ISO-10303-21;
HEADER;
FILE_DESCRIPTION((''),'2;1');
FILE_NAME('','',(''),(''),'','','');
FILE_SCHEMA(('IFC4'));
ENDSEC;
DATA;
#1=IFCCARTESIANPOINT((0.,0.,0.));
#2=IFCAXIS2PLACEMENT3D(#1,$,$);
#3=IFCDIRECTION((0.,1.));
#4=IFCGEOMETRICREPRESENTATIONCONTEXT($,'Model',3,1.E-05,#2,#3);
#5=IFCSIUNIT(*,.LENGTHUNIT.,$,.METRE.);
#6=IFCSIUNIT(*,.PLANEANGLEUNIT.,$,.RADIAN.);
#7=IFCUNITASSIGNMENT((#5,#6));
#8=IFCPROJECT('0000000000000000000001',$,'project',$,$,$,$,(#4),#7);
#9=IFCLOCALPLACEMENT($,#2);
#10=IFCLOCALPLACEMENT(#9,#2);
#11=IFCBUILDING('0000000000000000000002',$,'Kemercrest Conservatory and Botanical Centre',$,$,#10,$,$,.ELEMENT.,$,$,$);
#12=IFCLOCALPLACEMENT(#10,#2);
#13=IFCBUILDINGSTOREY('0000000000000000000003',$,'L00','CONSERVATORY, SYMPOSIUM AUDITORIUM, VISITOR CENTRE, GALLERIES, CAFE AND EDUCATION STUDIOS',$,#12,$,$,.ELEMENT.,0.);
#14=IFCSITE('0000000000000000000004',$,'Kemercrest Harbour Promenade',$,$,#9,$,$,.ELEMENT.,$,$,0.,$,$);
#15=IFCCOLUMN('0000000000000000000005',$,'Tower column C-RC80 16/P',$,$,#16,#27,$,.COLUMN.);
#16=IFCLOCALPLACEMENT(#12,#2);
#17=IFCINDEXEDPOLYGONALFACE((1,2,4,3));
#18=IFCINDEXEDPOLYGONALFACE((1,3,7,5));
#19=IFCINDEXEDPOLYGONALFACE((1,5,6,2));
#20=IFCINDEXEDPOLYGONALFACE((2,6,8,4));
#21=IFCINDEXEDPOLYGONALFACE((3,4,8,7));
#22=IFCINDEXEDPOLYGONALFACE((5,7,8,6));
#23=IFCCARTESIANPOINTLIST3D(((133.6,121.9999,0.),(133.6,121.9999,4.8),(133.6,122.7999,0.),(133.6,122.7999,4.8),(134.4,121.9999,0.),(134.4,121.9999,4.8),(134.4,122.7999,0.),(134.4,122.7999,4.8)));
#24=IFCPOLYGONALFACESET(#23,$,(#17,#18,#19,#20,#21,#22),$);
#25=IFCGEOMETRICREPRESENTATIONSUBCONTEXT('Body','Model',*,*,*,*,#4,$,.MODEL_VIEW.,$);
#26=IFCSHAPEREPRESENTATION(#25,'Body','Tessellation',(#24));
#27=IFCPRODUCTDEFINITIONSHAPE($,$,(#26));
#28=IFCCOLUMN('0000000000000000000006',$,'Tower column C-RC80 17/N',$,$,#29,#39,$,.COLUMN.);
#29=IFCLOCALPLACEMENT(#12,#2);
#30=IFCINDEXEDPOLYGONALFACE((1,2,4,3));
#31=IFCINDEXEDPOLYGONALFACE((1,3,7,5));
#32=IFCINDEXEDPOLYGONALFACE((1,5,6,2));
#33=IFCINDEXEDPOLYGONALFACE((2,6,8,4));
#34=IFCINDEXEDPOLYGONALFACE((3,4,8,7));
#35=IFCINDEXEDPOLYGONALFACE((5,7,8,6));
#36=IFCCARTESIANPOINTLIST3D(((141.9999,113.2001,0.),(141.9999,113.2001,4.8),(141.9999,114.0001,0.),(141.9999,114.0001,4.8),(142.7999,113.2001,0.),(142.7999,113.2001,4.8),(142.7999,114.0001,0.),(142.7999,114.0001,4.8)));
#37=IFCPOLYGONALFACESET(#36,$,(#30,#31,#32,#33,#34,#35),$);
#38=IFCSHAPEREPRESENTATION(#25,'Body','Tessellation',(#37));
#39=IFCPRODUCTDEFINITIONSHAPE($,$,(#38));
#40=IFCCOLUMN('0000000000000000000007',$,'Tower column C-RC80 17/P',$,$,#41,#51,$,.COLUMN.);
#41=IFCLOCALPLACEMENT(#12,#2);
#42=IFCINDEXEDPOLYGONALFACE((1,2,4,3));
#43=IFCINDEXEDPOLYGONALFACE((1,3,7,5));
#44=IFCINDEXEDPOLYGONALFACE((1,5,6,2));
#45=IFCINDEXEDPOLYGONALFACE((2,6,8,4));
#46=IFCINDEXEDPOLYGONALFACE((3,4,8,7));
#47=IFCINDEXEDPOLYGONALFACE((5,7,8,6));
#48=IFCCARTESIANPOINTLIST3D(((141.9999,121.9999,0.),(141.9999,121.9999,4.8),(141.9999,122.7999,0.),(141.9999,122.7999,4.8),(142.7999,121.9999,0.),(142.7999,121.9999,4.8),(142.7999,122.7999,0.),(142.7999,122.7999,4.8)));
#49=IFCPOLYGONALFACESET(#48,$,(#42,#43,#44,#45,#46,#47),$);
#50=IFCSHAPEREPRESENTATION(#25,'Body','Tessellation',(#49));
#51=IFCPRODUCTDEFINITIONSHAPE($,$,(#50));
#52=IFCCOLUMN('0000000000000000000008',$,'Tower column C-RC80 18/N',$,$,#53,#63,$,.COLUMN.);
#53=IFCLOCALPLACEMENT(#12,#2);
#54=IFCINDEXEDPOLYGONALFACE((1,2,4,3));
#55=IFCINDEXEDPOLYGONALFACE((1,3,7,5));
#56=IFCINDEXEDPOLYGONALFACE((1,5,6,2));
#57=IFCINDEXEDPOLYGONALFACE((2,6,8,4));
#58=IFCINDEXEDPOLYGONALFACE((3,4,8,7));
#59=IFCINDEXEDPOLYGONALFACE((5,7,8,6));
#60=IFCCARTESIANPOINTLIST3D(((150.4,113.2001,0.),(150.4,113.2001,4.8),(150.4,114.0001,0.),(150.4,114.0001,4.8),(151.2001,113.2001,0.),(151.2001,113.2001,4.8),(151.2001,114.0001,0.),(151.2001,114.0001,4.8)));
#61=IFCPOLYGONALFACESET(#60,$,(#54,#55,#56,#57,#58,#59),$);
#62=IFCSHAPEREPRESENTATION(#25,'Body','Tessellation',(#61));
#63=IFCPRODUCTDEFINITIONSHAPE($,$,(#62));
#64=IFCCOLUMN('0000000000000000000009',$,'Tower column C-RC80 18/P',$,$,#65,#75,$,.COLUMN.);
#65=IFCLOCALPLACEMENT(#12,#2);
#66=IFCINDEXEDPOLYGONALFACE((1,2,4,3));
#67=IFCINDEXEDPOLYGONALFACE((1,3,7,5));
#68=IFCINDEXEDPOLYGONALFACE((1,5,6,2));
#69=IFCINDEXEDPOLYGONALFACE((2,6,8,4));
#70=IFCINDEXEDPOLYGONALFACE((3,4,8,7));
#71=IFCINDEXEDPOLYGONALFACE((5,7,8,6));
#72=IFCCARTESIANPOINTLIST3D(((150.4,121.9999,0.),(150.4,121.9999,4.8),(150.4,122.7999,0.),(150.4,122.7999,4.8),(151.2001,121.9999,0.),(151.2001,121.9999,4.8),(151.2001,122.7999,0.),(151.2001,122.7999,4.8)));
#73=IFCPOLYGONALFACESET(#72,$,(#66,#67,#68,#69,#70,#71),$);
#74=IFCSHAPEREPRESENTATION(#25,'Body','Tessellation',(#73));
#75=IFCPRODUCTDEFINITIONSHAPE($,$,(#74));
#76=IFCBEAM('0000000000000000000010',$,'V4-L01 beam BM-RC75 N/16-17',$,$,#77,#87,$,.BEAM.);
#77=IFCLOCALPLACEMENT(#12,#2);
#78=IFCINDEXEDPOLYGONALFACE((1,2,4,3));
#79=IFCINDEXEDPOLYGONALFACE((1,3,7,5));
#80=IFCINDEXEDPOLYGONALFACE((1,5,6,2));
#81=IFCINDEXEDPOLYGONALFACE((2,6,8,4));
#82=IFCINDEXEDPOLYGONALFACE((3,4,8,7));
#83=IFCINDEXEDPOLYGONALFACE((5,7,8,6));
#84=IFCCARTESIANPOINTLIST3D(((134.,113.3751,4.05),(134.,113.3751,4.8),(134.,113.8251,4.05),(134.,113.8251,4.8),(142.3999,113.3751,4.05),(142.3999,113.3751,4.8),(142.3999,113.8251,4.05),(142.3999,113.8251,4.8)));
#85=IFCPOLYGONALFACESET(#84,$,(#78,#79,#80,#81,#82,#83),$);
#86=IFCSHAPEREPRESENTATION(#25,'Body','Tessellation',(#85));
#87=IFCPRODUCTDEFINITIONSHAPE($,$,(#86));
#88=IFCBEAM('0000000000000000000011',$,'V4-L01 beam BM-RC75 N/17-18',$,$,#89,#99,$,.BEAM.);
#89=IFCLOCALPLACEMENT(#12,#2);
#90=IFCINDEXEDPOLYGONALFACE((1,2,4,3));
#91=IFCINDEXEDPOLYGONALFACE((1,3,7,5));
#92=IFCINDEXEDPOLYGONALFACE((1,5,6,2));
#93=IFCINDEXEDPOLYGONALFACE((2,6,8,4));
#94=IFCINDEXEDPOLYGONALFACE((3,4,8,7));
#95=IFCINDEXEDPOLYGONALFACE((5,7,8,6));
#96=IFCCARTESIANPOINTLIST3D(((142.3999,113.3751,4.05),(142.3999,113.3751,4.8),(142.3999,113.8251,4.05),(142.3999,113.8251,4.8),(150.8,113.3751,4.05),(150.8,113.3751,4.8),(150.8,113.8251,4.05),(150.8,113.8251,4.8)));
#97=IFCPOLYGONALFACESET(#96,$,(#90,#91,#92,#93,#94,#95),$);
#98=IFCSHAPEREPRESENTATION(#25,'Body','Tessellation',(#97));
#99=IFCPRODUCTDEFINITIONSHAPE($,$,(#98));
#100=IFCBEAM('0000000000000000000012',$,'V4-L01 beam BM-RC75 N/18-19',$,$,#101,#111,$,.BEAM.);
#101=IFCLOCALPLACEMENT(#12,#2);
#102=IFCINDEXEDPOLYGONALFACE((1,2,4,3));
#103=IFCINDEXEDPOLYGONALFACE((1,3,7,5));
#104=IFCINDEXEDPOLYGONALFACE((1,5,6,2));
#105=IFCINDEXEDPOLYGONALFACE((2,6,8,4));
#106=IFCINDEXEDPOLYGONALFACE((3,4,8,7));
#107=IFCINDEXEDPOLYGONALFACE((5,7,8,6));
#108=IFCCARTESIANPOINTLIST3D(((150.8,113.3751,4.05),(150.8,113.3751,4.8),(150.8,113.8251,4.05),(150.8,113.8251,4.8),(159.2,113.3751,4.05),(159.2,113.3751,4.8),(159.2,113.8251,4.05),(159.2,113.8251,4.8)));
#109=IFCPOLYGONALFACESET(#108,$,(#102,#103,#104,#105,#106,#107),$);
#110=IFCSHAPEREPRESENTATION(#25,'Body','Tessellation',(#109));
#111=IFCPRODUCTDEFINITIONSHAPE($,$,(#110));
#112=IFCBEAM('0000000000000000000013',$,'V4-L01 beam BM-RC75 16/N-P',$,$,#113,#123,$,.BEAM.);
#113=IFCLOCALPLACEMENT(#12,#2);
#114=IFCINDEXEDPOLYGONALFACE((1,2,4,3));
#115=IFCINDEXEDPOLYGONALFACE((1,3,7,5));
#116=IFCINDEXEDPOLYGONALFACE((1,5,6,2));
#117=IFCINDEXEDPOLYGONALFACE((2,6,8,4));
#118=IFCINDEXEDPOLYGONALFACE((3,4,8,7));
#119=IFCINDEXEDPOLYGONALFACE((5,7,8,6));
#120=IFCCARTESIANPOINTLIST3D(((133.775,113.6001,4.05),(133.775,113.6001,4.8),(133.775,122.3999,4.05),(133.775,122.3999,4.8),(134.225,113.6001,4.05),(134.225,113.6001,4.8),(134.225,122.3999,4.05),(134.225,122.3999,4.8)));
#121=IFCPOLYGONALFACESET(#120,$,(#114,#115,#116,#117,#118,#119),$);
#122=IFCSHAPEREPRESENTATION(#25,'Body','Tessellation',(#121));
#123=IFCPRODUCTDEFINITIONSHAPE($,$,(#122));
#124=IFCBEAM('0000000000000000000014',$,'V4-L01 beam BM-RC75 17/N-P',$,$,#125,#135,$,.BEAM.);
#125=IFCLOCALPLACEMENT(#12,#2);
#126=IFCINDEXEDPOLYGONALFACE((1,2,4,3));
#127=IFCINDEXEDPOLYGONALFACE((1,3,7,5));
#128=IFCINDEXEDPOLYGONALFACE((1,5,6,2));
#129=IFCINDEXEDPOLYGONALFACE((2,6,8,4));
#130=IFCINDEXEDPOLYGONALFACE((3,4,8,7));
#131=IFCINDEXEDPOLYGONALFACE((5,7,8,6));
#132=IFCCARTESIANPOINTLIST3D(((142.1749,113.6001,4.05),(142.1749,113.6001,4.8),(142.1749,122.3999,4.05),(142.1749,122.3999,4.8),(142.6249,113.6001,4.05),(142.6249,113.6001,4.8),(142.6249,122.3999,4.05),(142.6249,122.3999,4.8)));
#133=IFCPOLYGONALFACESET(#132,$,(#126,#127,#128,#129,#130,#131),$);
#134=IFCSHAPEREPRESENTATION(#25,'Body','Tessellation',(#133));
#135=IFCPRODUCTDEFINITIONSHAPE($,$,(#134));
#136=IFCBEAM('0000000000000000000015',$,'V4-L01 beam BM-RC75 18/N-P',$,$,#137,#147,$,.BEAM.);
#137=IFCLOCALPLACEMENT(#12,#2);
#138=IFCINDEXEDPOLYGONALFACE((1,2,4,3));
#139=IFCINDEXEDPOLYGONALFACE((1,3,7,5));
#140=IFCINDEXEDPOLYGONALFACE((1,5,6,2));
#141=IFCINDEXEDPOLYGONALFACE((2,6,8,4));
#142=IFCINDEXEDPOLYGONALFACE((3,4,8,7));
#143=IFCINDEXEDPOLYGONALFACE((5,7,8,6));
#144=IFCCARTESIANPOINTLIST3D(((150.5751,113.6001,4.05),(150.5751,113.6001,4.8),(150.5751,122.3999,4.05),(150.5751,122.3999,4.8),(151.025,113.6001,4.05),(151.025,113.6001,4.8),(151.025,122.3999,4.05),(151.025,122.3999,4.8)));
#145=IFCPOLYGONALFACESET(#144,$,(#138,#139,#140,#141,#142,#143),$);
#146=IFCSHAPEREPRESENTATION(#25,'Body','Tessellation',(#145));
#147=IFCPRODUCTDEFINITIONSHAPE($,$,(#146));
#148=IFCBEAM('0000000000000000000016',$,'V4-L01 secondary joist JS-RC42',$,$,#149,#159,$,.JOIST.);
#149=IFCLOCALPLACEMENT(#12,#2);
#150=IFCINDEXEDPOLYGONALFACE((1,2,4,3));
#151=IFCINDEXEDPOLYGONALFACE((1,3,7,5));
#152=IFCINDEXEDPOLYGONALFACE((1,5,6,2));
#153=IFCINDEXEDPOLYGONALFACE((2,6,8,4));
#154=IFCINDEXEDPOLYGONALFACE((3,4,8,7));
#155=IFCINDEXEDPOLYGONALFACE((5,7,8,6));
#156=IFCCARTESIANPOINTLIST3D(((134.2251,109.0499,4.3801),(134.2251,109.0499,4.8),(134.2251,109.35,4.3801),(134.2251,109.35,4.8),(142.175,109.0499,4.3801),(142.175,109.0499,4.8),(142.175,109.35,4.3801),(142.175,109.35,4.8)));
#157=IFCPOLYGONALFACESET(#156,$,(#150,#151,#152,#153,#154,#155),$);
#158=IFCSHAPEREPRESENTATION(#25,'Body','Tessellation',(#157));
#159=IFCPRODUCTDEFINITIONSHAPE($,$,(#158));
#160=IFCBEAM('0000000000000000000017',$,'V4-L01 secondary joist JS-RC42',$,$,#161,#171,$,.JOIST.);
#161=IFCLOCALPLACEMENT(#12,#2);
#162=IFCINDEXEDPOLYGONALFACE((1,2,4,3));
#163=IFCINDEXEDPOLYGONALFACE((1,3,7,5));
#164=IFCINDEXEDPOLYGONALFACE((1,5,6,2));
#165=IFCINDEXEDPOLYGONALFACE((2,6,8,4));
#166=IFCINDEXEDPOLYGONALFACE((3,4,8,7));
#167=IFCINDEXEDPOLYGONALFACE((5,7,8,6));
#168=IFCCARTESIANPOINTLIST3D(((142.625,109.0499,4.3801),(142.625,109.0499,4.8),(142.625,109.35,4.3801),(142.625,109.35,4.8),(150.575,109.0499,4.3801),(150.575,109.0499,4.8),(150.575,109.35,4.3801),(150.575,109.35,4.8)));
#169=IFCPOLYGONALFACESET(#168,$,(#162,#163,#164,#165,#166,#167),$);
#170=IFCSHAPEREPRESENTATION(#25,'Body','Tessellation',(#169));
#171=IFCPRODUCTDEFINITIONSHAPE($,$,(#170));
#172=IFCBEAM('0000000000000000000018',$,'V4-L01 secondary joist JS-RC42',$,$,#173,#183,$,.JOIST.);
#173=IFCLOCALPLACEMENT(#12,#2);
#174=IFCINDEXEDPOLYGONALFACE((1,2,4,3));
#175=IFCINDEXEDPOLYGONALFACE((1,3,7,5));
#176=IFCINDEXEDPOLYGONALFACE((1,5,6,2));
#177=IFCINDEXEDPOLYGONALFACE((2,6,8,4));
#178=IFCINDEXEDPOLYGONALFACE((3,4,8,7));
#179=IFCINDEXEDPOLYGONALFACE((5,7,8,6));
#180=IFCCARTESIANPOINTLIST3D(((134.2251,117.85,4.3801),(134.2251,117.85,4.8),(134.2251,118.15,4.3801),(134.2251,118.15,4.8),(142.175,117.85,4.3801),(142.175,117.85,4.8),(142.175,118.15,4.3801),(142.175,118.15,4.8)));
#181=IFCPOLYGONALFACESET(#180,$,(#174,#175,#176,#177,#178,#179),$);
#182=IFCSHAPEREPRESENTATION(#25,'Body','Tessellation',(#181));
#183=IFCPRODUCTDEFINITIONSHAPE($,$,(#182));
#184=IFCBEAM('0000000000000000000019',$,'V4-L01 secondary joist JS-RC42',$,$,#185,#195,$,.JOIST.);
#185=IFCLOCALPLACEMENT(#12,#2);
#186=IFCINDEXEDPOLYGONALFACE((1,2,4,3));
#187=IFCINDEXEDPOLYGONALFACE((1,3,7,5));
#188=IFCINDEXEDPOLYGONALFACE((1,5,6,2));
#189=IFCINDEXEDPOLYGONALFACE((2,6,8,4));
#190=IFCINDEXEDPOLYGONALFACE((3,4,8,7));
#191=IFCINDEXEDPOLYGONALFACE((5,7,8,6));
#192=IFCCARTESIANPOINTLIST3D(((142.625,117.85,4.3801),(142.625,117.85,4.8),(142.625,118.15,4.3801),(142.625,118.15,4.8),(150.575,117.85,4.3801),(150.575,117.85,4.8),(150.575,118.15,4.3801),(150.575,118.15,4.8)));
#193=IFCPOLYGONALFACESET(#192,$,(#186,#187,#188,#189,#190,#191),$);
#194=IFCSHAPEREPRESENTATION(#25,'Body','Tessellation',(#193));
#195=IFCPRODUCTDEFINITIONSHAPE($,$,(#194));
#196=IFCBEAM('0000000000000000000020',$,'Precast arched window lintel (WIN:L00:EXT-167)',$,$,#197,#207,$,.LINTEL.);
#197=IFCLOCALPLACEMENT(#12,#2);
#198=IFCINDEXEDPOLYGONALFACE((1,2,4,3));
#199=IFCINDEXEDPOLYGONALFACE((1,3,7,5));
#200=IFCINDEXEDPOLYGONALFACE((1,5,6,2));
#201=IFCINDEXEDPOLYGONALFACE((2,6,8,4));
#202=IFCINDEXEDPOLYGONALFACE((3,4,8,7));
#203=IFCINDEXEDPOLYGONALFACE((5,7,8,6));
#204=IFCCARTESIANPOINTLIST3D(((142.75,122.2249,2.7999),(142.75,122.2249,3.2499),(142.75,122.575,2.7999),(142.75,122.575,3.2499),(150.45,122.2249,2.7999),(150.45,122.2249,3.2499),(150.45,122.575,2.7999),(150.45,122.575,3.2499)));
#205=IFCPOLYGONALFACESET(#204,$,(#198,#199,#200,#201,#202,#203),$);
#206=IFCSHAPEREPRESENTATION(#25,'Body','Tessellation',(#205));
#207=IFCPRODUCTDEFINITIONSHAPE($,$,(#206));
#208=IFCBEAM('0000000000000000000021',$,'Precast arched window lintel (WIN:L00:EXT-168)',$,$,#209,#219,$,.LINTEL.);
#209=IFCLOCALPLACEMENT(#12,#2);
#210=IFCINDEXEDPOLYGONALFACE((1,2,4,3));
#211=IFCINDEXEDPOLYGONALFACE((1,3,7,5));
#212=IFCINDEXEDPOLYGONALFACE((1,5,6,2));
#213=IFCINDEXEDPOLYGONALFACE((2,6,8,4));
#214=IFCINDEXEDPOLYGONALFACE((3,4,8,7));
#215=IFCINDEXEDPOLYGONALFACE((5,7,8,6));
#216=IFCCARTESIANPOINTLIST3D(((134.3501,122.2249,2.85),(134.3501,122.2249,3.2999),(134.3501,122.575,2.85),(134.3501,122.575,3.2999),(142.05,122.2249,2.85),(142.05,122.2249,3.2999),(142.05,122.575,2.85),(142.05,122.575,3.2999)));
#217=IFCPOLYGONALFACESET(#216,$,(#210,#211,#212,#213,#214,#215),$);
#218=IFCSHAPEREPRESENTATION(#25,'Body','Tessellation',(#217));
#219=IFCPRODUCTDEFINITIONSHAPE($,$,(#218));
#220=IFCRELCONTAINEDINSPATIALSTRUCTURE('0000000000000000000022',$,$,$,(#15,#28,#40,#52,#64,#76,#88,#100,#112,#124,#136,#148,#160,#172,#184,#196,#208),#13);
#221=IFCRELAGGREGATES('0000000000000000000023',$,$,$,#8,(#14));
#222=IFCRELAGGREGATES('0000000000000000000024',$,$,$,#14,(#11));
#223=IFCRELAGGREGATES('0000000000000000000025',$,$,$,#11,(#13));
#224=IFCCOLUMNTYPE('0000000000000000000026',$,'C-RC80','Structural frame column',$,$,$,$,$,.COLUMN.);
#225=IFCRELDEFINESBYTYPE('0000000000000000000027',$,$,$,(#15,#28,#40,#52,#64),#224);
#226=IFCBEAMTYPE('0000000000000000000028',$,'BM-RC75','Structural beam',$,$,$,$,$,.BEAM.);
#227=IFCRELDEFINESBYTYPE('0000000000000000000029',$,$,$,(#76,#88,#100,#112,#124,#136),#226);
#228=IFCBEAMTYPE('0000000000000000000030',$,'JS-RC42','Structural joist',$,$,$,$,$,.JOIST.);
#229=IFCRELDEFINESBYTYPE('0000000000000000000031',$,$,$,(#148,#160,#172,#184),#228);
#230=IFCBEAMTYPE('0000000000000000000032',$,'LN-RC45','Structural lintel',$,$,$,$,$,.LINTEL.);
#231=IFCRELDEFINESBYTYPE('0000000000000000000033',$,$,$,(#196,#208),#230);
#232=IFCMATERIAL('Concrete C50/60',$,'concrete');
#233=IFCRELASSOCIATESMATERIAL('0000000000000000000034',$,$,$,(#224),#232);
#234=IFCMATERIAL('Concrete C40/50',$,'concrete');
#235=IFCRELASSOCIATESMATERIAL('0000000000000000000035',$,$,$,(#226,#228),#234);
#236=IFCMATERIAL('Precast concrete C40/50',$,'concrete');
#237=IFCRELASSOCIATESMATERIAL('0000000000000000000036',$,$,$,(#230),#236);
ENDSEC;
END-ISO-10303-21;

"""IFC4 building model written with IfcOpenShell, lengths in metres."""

from ifc_helpers import new_model, si_unit, direction, frame, origin, origin_2d, place, context, subcontext, project, spatial, rectangle, extrude, material, material_profile, profile_set, type_object, element, save


model = new_model("IFC4")

# Units and contexts
model_context = context("Model", 3, precision=1e-05, world=origin(), true_north=direction((0.0, 1.0)))
body_context = subcontext(model_context, "Body", "Model", "MODEL_VIEW")
ifc_project = project(units=[si_unit("LENGTHUNIT", "METRE"), si_unit("PLANEANGLEUNIT", "RADIAN")], contexts=[model_context])

# Site, building, storey
site_placement = place(None, origin())
site = spatial("IfcSite", under=ifc_project, at=site_placement, Name="Kemercrest Harbour Promenade", CompositionType="ELEMENT", RefElevation=0.0)
building_placement = place(site_placement, origin())
building = spatial("IfcBuilding", under=site, at=building_placement, Name="Kemercrest Conservatory and Botanical Centre", CompositionType="ELEMENT")
storey_placement = place(building_placement, origin())
storey = spatial("IfcBuildingStorey", under=building, at=storey_placement, Name="L00", Description="CONSERVATORY, SYMPOSIUM AUDITORIUM, VISITOR CENTRE, GALLERIES, CAFE AND EDUCATION STUDIOS", CompositionType="ELEMENT", Elevation=0.0)

# Columns
ifc_material_1 = material(Name="Concrete C50/60", Category="concrete")
ifc_material_profile_1 = material_profile(ifc_material_1, rectangle(XDim=0.8, YDim=0.8, at=origin_2d()), Name="RC 800x800")
ifc_profile_set_1 = profile_set([ifc_material_profile_1], Name="Concrete C50/60")
column_type = type_object("IfcColumnType", Name="C-RC80", Description="Structural frame column", PredefinedType="COLUMN", material=ifc_profile_set_1)
for number, where, z_axis, x_axis, name in (
    (1, (134.0, 122.3999, 0.0), (0.0, 0.0, 1.0), (1.0, 0.0, 0.0), "Tower column C-RC80 16/P"),
    (2, (142.3999, 113.6001, 0.0), (0.0, 0.0, 1.0), (1.0, 0.0, 0.0), "Tower column C-RC80 17/N"),
    (3, (142.3999, 122.3999, 0.0), (0.0, 0.0, 1.0), (1.0, 0.0, 0.0), "Tower column C-RC80 17/P"),
    (4, (150.8, 113.6001, 0.0), (0.0, 0.0, 1.0), (1.0, 0.0, 0.0), "Tower column C-RC80 18/N"),
    (5, (150.8, 122.3999, 0.0), (0.0, 0.0, 1.0), (1.0, 0.0, 0.0), "Tower column C-RC80 18/P"),
):
    element("IfcColumn", number, at=place(storey_placement, frame(where, z_axis=z_axis, x_axis=x_axis)), inside=storey, type_object=column_type, Name=name, PredefinedType="COLUMN", context=body_context, shape_type="SweptSolid", body=[
        extrude(rectangle(XDim=0.8, YDim=0.8, at=origin_2d()), origin(), (0.0, 0.0, 1.0), 4.8),
    ])

# Beams
ifc_material_2 = material(Name="Concrete C40/50", Category="concrete")
ifc_material_profile_2 = material_profile(ifc_material_2, rectangle(XDim=0.45, YDim=0.75, at=origin_2d()), Name="RC 450x750")
ifc_profile_set_2 = profile_set([ifc_material_profile_2], Name="Concrete C40/50")
beam_type_1 = type_object("IfcBeamType", Name="BM-RC75", Description="Structural beam", PredefinedType="BEAM", material=ifc_profile_set_2)
beam_1_placement = place(storey_placement, frame((134.0, 113.6001, 4.425), z_axis=(1.0, 0.0, 0.0), x_axis=(0.0, 1.0, 0.0)))
element("IfcBeam", 6, at=beam_1_placement, inside=storey, type_object=beam_type_1, Name="V4-L01 beam BM-RC75 N/16-17", PredefinedType="BEAM", context=body_context, shape_type="SweptSolid", body=[
    extrude(rectangle(XDim=0.45, YDim=0.75, at=origin_2d()), origin(), (0.0, 0.0, 1.0), 8.3999),
])
beam_2_placement = place(storey_placement, frame((142.3999, 113.6001, 4.425), z_axis=(1.0, 0.0, 0.0), x_axis=(0.0, 1.0, 0.0)))
element("IfcBeam", 7, at=beam_2_placement, inside=storey, type_object=beam_type_1, Name="V4-L01 beam BM-RC75 N/17-18", PredefinedType="BEAM", context=body_context, shape_type="SweptSolid", body=[
    extrude(rectangle(XDim=0.45, YDim=0.75, at=origin_2d()), origin(), (0.0, 0.0, 1.0), 8.4001),
])
beam_3_placement = place(storey_placement, frame((150.8, 113.6001, 4.425), z_axis=(1.0, 0.0, 0.0), x_axis=(0.0, 1.0, 0.0)))
element("IfcBeam", 8, at=beam_3_placement, inside=storey, type_object=beam_type_1, Name="V4-L01 beam BM-RC75 N/18-19", PredefinedType="BEAM", context=body_context, shape_type="SweptSolid", body=[
    extrude(rectangle(XDim=0.45, YDim=0.75, at=origin_2d()), origin(), (0.0, 0.0, 1.0), 8.3999),
])
for number, where, z_axis, x_axis, name in (
    (9, (134.0, 113.6001, 4.425), (0.0, 1.0, 0.0), (-1.0, 0.0, 0.0), "V4-L01 beam BM-RC75 16/N-P"),
    (10, (142.3999, 113.6001, 4.425), (0.0, 1.0, 0.0), (-1.0, 0.0, 0.0), "V4-L01 beam BM-RC75 17/N-P"),
    (11, (150.8, 113.6001, 4.425), (0.0, 1.0, 0.0), (-1.0, 0.0, 0.0), "V4-L01 beam BM-RC75 18/N-P"),
):
    element("IfcBeam", number, at=place(storey_placement, frame(where, z_axis=z_axis, x_axis=x_axis)), inside=storey, type_object=beam_type_1, Name=name, PredefinedType="BEAM", context=body_context, shape_type="SweptSolid", body=[
        extrude(rectangle(XDim=0.45, YDim=0.75, at=origin_2d()), origin(), (0.0, 0.0, 1.0), 8.7998),
    ])
ifc_material_profile_3 = material_profile(ifc_material_2, rectangle(XDim=0.3, YDim=0.4199, at=origin_2d()), Name="RC 300x420")
ifc_profile_set_3 = profile_set([ifc_material_profile_3], Name="Concrete C40/50")
beam_type_2 = type_object("IfcBeamType", Name="JS-RC42", Description="Structural joist", PredefinedType="JOIST", material=ifc_profile_set_3)
for number, where, z_axis, x_axis, name in (
    (12, (134.2251, 109.2, 4.5901), (1.0, 0.0, 0.0), (0.0, 1.0, 0.0), "V4-L01 secondary joist JS-RC42"),
    (13, (142.625, 109.2, 4.5901), (1.0, 0.0, 0.0), (0.0, 1.0, 0.0), "V4-L01 secondary joist JS-RC42"),
    (14, (134.2251, 118.0, 4.5901), (1.0, 0.0, 0.0), (0.0, 1.0, 0.0), "V4-L01 secondary joist JS-RC42"),
    (15, (142.625, 118.0, 4.5901), (1.0, 0.0, 0.0), (0.0, 1.0, 0.0), "V4-L01 secondary joist JS-RC42"),
):
    element("IfcBeam", number, at=place(storey_placement, frame(where, z_axis=z_axis, x_axis=x_axis)), inside=storey, type_object=beam_type_2, Name=name, PredefinedType="JOIST", context=body_context, shape_type="SweptSolid", body=[
        extrude(rectangle(XDim=0.3, YDim=0.4199, at=origin_2d()), origin(), (0.0, 0.0, 1.0), 7.95),
    ])
ifc_material_3 = material(Name="Precast concrete C40/50", Category="concrete")
ifc_material_profile_4 = material_profile(ifc_material_3, rectangle(XDim=0.3501, YDim=0.45, at=origin_2d()), Name="RC 350x450")
ifc_profile_set_4 = profile_set([ifc_material_profile_4], Name="Precast concrete C40/50")
beam_type_3 = type_object("IfcBeamType", Name="LN-RC45", Description="Structural lintel", PredefinedType="LINTEL", material=ifc_profile_set_4)
for number, where, z_axis, x_axis, name in (
    (16, (150.45, 122.3999, 3.0249), (-1.0, 0.0, 0.0), (0.0, -1.0, 0.0), "Precast arched window lintel (WIN:L00:EXT-167)"),
    (17, (142.05, 122.3999, 3.075), (-1.0, 0.0, 0.0), (0.0, -1.0, 0.0), "Precast arched window lintel (WIN:L00:EXT-168)"),
):
    element("IfcBeam", number, at=place(storey_placement, frame(where, z_axis=z_axis, x_axis=x_axis)), inside=storey, type_object=beam_type_3, Name=name, PredefinedType="LINTEL", context=body_context, shape_type="SweptSolid", body=[
        extrude(rectangle(XDim=0.3501, YDim=0.45, at=origin_2d()), origin(), (0.0, 0.0, 1.0), 7.7),
    ])

save(model, "model.ifc")
